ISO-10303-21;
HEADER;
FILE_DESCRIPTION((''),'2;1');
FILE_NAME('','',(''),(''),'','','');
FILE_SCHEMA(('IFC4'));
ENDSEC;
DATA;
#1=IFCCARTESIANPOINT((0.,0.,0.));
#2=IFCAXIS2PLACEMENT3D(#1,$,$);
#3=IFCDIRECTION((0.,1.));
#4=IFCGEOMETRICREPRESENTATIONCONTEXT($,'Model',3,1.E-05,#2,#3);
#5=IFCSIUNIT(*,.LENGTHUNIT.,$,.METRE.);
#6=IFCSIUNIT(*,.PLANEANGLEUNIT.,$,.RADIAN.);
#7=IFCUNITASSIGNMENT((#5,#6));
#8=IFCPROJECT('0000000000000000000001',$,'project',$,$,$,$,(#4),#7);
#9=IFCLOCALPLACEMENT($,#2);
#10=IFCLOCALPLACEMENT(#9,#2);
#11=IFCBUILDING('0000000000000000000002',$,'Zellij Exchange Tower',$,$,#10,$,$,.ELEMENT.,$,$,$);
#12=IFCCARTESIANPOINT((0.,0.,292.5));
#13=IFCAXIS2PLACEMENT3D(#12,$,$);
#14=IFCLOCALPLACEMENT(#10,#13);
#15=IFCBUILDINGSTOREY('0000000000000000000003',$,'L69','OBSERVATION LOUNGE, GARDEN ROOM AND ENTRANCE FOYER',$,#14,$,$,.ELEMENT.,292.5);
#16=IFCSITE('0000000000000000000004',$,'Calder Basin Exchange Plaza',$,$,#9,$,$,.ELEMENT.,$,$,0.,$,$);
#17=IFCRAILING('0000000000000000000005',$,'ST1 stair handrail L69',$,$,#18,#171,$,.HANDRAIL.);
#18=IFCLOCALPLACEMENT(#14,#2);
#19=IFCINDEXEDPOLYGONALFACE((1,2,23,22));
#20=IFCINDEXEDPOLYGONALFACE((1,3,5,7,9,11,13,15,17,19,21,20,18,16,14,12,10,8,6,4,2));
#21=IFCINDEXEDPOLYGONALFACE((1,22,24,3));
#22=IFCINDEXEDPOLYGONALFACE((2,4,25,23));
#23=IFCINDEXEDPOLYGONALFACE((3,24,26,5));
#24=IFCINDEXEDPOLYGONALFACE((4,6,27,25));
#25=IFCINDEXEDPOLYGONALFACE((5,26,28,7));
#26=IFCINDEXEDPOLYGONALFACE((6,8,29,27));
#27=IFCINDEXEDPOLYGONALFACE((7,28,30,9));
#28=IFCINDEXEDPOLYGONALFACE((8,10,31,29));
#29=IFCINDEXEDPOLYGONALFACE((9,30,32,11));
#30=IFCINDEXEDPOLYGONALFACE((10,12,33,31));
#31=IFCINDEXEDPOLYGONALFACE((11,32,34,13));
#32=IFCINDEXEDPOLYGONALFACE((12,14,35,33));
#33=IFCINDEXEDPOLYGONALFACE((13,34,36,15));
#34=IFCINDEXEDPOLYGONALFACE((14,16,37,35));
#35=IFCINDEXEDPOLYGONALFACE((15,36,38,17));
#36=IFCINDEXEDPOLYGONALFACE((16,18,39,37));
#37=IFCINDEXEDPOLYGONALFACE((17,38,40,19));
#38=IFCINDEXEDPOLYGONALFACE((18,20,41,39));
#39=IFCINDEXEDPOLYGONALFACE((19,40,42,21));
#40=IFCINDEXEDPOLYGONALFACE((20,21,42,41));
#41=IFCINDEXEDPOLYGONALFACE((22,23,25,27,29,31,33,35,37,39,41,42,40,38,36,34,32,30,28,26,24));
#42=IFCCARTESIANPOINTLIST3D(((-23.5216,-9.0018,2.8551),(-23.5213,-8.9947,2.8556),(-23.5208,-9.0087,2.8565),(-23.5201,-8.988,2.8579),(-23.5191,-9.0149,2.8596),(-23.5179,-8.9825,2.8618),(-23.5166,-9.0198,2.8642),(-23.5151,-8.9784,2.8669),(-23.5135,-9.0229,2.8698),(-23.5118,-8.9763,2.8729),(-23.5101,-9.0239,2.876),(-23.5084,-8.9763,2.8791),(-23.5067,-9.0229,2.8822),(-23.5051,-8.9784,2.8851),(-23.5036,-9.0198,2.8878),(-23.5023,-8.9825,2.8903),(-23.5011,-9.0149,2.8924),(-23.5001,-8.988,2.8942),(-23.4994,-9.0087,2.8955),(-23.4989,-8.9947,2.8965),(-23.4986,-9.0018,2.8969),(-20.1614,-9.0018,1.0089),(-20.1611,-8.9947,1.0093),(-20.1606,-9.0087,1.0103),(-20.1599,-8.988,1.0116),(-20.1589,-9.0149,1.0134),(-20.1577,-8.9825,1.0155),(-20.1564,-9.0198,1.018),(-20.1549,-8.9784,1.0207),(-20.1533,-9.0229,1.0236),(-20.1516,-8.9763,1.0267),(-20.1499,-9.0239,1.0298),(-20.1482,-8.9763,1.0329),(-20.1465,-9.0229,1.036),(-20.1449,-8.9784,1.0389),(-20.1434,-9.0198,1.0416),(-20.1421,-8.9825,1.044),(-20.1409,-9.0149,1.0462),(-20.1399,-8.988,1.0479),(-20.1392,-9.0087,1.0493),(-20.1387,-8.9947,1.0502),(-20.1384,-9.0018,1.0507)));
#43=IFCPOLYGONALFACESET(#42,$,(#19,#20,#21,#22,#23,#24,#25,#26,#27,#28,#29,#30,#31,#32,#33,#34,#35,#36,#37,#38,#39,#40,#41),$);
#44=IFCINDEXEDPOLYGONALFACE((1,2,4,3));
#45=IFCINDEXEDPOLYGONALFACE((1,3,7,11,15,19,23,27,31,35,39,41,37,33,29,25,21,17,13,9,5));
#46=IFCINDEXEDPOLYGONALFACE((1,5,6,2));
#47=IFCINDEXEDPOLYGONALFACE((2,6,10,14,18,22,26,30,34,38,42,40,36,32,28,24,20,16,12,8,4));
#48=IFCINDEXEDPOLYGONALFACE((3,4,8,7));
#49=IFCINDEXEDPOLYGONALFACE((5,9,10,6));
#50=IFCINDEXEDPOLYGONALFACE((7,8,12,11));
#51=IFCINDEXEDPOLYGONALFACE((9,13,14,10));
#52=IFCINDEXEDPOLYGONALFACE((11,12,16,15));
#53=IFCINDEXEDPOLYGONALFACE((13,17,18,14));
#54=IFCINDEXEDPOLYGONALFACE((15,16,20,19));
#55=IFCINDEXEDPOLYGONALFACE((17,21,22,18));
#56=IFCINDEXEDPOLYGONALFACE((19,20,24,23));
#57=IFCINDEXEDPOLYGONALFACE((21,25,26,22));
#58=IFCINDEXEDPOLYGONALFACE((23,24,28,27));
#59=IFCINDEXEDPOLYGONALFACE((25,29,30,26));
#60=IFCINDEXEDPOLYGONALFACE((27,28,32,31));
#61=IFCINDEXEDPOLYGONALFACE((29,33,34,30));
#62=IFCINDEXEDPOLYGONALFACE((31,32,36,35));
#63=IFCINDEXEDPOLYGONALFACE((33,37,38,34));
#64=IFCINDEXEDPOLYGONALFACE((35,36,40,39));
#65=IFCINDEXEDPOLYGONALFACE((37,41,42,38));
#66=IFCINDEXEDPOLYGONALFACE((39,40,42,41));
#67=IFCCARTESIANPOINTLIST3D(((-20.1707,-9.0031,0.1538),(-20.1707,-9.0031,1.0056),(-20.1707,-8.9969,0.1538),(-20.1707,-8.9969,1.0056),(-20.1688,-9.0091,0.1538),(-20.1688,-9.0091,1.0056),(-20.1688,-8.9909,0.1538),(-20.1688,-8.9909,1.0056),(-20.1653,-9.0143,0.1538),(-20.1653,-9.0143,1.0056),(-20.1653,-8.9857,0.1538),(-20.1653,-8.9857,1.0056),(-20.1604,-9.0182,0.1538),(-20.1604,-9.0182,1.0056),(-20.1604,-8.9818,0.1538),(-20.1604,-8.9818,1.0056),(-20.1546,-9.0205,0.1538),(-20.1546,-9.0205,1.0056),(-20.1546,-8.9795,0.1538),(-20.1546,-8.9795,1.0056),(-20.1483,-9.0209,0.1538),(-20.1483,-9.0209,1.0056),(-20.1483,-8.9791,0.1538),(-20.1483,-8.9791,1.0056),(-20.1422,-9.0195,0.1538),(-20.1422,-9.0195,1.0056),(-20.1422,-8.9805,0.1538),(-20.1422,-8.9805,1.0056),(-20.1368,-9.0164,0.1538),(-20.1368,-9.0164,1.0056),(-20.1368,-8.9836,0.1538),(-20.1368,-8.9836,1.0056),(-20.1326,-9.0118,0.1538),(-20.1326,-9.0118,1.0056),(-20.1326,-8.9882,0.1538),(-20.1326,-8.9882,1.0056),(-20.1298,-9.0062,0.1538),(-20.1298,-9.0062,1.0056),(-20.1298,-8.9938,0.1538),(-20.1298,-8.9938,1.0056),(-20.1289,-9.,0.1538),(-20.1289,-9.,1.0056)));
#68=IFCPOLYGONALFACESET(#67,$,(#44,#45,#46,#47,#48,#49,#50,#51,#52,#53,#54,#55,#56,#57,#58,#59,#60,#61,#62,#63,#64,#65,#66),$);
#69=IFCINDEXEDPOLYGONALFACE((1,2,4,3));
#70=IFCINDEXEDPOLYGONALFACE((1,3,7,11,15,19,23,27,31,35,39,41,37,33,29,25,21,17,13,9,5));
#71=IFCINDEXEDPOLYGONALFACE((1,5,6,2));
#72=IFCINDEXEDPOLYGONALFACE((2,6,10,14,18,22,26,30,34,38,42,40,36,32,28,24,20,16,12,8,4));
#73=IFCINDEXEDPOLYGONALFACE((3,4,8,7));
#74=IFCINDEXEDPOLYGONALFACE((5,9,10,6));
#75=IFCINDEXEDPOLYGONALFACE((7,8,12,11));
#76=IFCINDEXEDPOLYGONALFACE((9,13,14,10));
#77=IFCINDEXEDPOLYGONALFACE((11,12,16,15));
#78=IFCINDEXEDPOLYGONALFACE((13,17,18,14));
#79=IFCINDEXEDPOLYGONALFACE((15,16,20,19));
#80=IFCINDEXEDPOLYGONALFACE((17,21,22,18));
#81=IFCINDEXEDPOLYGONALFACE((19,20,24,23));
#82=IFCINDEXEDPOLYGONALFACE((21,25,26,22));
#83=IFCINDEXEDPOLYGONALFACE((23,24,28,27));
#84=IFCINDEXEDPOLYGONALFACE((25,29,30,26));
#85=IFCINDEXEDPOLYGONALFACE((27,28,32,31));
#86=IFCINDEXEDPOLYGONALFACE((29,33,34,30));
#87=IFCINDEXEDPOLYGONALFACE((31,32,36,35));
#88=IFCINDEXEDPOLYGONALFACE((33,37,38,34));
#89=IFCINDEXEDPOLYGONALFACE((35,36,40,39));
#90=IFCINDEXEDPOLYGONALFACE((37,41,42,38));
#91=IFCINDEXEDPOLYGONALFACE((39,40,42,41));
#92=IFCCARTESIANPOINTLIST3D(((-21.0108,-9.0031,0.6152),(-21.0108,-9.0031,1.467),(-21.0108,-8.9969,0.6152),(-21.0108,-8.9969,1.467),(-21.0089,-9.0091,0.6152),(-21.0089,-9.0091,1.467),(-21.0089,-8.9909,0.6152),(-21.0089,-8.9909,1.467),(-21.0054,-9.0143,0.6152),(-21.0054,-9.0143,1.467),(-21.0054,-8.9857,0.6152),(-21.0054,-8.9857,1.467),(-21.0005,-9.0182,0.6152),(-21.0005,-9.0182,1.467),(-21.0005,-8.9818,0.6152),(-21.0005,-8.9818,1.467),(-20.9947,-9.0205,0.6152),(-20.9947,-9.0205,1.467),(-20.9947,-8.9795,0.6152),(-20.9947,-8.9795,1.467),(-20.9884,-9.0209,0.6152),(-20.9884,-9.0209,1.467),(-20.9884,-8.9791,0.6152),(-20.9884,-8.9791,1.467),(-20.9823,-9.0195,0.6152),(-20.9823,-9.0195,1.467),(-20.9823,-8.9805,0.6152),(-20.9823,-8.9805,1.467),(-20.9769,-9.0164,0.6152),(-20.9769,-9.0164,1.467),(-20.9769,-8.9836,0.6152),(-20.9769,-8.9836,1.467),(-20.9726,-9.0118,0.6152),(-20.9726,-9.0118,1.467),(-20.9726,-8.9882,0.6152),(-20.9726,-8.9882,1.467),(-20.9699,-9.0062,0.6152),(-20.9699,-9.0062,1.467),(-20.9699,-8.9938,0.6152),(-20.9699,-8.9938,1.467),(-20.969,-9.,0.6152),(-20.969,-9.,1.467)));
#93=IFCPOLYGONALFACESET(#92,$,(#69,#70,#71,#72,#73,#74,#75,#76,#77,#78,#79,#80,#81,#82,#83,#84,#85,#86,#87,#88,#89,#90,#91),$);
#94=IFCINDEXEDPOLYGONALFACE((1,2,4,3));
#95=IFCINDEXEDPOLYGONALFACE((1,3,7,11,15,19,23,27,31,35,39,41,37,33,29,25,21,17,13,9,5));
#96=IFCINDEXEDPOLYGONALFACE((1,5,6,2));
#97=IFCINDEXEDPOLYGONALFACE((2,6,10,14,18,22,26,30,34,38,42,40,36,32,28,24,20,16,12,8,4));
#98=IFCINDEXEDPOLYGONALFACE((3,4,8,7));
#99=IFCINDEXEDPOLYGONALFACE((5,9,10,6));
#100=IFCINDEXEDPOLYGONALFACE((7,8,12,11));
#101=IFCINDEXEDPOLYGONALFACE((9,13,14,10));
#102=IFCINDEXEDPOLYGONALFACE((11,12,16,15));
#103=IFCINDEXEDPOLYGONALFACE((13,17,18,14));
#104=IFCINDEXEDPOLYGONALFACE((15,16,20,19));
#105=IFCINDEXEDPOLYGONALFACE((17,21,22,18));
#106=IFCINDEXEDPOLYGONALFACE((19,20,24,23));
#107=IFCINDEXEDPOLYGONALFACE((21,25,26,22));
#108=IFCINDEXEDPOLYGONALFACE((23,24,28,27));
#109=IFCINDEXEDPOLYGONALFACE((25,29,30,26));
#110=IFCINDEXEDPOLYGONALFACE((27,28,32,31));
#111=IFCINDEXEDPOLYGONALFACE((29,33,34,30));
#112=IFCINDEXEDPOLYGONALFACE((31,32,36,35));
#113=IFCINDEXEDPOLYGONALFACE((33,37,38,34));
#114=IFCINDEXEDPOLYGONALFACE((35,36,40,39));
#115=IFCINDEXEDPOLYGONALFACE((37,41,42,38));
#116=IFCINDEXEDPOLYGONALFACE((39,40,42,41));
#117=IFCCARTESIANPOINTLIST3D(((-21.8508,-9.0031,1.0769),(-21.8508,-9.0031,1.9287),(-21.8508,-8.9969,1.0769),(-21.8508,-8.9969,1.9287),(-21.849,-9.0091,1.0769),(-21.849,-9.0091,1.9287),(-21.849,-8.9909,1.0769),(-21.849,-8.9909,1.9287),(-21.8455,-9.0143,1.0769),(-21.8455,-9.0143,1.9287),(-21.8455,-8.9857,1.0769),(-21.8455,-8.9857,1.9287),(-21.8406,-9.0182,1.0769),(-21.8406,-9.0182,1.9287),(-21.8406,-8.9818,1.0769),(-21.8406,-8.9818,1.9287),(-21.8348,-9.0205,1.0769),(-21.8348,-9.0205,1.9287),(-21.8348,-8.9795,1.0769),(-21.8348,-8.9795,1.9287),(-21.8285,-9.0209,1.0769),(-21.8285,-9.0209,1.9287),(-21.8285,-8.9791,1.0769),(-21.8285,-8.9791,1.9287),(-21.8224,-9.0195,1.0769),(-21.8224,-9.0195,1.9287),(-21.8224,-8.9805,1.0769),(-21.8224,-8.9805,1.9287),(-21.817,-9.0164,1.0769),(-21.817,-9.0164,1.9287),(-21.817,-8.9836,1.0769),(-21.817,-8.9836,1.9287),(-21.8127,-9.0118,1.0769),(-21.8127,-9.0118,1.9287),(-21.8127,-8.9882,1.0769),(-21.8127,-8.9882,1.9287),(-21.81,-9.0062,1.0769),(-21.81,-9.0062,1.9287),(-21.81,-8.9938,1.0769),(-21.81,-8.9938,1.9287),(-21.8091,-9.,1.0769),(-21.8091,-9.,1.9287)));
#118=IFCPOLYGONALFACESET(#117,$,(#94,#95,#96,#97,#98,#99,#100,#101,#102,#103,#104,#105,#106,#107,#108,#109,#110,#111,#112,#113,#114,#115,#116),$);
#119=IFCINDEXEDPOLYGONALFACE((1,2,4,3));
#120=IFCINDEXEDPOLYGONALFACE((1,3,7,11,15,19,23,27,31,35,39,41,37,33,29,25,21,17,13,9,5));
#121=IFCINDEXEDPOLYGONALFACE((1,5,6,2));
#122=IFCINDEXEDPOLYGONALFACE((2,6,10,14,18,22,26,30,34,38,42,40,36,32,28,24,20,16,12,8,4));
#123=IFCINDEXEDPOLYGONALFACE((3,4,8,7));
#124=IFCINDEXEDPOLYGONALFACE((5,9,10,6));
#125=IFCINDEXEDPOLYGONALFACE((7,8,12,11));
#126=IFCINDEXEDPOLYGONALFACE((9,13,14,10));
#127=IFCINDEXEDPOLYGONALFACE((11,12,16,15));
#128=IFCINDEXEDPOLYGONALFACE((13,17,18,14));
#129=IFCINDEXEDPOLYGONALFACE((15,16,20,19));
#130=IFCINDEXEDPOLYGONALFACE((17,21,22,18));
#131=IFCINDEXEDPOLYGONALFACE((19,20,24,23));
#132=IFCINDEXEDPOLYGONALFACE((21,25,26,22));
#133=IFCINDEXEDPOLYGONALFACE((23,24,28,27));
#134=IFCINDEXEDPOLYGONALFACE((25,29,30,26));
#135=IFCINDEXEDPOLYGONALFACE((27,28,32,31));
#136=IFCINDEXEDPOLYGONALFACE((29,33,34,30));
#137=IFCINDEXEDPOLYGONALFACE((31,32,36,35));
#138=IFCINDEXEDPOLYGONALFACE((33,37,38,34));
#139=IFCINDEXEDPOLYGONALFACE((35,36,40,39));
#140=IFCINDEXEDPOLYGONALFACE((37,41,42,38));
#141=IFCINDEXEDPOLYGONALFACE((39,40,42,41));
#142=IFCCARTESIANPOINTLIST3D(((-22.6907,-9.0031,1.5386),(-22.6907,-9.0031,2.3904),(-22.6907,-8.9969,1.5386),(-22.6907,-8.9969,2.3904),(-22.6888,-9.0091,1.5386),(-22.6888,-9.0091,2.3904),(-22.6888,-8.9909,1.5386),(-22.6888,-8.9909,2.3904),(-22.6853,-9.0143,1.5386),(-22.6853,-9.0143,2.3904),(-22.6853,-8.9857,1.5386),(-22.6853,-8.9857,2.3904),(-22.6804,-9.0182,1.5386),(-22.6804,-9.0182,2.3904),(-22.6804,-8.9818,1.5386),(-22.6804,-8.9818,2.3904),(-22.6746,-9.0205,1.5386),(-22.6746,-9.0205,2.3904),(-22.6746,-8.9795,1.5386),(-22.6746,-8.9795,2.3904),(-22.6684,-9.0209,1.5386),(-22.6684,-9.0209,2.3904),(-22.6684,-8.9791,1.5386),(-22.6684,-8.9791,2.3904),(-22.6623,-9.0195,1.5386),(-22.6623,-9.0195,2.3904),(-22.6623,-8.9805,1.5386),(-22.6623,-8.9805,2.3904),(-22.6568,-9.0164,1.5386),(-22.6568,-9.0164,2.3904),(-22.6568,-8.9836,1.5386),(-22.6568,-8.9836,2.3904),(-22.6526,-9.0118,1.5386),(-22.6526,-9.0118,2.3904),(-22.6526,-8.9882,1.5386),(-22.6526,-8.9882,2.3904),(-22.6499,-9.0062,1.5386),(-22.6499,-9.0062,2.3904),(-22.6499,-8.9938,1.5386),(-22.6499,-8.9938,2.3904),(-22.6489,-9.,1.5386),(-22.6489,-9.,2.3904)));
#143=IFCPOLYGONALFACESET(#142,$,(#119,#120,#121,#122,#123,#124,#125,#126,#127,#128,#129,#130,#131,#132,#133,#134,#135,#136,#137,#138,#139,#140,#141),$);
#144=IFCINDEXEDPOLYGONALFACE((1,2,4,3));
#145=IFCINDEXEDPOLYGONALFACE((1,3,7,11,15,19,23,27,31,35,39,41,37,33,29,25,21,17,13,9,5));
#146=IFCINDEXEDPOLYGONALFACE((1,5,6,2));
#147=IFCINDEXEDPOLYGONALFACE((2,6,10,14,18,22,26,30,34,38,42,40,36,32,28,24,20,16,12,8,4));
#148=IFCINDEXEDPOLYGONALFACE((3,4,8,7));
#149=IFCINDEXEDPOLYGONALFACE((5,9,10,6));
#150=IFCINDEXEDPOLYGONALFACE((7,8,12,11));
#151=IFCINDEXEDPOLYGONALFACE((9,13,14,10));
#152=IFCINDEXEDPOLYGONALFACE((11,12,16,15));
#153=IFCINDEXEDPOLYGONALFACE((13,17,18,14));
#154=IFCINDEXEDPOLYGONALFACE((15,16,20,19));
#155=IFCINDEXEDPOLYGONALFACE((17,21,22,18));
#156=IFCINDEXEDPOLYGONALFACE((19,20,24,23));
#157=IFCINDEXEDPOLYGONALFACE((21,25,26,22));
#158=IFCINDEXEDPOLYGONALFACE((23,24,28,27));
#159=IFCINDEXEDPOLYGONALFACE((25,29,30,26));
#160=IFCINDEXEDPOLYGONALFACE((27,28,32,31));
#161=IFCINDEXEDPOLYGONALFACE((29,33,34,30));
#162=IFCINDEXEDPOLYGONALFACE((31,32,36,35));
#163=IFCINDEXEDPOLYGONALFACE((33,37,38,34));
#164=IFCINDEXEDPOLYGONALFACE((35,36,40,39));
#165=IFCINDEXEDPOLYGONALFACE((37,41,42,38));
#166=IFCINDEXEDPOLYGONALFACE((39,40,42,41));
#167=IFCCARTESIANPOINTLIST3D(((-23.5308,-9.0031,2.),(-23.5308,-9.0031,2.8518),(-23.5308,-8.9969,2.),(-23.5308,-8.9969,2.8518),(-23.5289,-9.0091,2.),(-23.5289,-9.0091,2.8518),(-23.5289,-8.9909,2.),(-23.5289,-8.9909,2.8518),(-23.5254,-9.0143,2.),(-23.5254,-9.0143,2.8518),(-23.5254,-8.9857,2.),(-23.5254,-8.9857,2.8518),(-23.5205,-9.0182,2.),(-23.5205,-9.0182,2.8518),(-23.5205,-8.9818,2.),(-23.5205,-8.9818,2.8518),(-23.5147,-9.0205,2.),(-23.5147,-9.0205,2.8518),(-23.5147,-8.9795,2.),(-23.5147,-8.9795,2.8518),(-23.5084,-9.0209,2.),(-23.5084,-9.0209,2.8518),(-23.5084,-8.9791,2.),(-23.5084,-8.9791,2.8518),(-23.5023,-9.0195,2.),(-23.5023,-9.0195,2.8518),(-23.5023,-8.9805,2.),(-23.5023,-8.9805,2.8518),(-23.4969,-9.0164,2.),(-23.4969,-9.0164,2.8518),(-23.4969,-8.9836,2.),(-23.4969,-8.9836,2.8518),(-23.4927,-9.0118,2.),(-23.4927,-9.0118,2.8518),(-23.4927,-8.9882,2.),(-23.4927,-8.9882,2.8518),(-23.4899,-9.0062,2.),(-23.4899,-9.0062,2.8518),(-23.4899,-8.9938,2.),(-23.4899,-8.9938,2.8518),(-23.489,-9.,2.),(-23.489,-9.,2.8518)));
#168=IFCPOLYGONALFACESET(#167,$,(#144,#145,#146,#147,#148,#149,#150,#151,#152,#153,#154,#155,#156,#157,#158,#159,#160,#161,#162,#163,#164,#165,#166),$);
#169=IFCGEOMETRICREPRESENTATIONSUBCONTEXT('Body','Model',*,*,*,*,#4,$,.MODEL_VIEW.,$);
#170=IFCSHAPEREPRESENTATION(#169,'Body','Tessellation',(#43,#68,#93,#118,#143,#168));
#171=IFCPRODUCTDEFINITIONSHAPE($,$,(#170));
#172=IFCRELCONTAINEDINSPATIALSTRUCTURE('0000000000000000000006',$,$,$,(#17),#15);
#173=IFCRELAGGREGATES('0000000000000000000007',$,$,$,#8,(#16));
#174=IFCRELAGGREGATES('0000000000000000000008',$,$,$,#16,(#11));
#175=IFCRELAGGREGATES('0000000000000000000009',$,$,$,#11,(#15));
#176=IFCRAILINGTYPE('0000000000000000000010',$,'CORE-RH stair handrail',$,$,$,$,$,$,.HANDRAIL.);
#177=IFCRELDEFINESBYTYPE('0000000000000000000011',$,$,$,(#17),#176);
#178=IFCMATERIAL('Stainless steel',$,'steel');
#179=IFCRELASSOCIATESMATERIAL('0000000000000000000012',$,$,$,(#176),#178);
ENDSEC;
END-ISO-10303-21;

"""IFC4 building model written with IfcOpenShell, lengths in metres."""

from ifc_helpers import new_model, si_unit, direction, frame, origin, origin_2d, place, context, subcontext, project, spatial, circle, extrude, material, type_object, element, save


model = new_model("IFC4")

# Units and contexts
model_context = context("Model", 3, precision=1e-05, world=origin(), true_north=direction((0.0, 1.0)))
body_context = subcontext(model_context, "Body", "Model", "MODEL_VIEW")
ifc_project = project(units=[si_unit("LENGTHUNIT", "METRE"), si_unit("PLANEANGLEUNIT", "RADIAN")], contexts=[model_context])

# Site, building, storey
site_placement = place(None, origin())
site = spatial("IfcSite", under=ifc_project, at=site_placement, Name="Calder Basin Exchange Plaza", CompositionType="ELEMENT", RefElevation=0.0)
building_placement = place(site_placement, origin())
building = spatial("IfcBuilding", under=site, at=building_placement, Name="Zellij Exchange Tower", CompositionType="ELEMENT")
storey_placement = place(building_placement, frame((0.0, 0.0, 292.5)))
storey = spatial("IfcBuildingStorey", under=building, at=storey_placement, Name="L69", Description="OBSERVATION LOUNGE, GARDEN ROOM AND ENTRANCE FOYER", CompositionType="ELEMENT", Elevation=292.5)

# Railing
ifc_material_1 = material(Name="Stainless steel", Category="steel")
railing_type_1 = type_object("IfcRailingType", Name="CORE-RH stair handrail", PredefinedType="HANDRAIL", material=ifc_material_1)
railing_1_placement = place(storey_placement, frame((-20.1499, -9.0, 0.1538)))
element("IfcRailing", 1, at=railing_1_placement, inside=storey, type_object=railing_type_1, Name="ST1 stair handrail L69", PredefinedType="HANDRAIL", context=body_context, shape_type="SweptSolid", body=[
    extrude(circle(Radius=0.0239, at=origin_2d()), frame((0.0, 0.0, 0.876), z_axis=(-0.876422, 0.0, 0.481545), x_axis=(0.0, -1.0, 0.0)), (0.0, 0.0, 1.0), 3.834),
    extrude(circle(Radius=0.021, at=origin_2d()), origin(), (0.0, 0.0, 1.0), 0.8518),
    extrude(circle(Radius=0.021, at=origin_2d()), frame((-0.8401, 0.0, 0.4614)), (0.0, 0.0, 1.0), 0.8518),
    extrude(circle(Radius=0.021, at=origin_2d()), frame((-1.6802, 0.0, 0.9231)), (0.0, 0.0, 1.0), 0.8518),
    extrude(circle(Radius=0.021, at=origin_2d()), frame((-2.52, 0.0, 1.3848)), (0.0, 0.0, 1.0), 0.8518),
    extrude(circle(Radius=0.021, at=origin_2d()), frame((-3.3601, 0.0, 1.8462)), (0.0, 0.0, 1.0), 0.8518),
])

save(model, "model.ifc")
